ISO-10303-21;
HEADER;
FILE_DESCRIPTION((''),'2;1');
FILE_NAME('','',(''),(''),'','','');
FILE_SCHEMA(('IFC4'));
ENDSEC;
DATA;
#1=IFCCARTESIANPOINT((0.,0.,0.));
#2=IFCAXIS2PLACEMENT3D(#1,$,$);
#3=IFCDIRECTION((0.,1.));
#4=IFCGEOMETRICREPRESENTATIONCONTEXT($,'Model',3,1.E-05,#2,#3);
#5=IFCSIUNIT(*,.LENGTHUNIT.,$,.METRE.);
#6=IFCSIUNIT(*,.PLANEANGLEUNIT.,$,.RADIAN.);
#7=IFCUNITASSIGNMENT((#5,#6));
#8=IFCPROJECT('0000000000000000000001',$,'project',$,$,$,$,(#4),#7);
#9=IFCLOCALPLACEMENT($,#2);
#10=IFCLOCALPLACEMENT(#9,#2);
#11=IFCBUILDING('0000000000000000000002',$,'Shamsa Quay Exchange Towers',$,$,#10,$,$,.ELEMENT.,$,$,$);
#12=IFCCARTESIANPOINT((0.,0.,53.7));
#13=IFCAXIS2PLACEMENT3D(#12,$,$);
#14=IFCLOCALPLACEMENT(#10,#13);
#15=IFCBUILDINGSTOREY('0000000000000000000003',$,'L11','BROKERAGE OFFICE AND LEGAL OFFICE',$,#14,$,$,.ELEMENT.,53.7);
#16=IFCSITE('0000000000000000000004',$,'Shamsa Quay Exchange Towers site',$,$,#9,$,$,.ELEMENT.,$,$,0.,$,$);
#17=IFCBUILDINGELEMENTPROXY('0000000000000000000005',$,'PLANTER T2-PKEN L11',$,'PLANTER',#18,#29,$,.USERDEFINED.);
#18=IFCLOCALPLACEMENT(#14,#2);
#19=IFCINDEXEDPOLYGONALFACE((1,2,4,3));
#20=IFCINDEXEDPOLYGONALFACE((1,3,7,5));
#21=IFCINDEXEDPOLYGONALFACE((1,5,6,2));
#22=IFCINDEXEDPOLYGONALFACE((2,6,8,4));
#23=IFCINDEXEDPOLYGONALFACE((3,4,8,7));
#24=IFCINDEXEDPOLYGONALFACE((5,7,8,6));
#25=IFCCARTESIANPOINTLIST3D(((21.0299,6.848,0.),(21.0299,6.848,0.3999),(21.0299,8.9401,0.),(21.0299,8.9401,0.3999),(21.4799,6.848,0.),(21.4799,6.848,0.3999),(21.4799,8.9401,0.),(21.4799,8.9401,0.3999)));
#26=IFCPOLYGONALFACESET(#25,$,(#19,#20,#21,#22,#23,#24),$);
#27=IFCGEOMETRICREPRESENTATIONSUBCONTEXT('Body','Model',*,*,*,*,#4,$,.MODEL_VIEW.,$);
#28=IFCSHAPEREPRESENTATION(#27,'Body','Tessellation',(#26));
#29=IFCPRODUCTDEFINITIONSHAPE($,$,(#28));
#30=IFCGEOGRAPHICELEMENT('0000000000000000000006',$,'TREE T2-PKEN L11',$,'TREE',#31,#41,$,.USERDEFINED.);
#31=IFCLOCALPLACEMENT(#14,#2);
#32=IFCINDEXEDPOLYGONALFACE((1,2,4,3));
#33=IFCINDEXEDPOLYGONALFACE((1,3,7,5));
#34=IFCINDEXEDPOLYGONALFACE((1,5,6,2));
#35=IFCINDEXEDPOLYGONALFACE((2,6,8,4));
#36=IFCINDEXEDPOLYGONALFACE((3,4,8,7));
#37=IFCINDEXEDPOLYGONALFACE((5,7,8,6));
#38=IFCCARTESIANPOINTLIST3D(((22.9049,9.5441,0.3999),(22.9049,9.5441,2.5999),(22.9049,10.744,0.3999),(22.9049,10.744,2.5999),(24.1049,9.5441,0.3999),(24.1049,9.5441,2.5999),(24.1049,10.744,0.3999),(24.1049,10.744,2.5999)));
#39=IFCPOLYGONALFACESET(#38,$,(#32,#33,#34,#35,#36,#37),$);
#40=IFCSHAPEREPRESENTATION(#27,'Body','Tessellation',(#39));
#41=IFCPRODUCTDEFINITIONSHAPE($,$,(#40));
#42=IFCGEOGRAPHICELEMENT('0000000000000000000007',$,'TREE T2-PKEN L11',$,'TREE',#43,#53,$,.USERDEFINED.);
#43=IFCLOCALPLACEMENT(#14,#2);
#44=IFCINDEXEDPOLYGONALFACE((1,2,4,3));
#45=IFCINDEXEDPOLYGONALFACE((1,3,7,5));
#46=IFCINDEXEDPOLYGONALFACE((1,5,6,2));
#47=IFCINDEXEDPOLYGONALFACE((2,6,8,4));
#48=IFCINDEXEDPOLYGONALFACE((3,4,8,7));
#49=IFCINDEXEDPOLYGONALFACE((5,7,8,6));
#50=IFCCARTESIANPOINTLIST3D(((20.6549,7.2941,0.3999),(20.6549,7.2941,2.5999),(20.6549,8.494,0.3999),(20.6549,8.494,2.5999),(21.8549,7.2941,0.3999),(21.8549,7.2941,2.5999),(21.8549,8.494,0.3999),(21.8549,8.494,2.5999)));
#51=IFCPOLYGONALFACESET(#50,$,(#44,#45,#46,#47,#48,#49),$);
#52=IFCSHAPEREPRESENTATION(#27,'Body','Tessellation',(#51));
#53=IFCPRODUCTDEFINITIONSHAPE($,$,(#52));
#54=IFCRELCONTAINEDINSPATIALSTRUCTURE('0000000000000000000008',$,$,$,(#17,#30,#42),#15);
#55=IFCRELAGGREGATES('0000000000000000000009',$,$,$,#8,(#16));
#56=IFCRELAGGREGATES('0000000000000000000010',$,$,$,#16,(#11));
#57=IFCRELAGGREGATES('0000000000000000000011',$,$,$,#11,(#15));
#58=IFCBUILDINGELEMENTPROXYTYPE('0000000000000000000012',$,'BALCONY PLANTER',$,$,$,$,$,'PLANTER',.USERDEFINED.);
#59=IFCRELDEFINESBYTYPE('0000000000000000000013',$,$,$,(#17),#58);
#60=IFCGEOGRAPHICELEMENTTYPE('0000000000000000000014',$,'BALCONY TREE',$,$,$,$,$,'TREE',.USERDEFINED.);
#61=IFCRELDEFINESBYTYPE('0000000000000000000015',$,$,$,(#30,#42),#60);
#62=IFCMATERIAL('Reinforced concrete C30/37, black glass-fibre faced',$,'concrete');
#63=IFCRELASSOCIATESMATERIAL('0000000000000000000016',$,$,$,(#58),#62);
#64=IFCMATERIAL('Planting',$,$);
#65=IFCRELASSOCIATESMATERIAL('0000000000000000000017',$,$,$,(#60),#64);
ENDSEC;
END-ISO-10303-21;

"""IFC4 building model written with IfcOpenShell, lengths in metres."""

from ifc_helpers import new_model, si_unit, direction, frame, origin, origin_2d, place, context, subcontext, project, spatial, rectangle, extrude, material, type_object, element, save


model = new_model("IFC4")

# Units and contexts
model_context = context("Model", 3, precision=1e-05, world=origin(), true_north=direction((0.0, 1.0)))
body_context = subcontext(model_context, "Body", "Model", "MODEL_VIEW")
ifc_project = project(units=[si_unit("LENGTHUNIT", "METRE"), si_unit("PLANEANGLEUNIT", "RADIAN")], contexts=[model_context])

# Site, building, storey
site_placement = place(None, origin())
site = spatial("IfcSite", under=ifc_project, at=site_placement, Name="Shamsa Quay Exchange Towers site", CompositionType="ELEMENT", RefElevation=0.0)
building_placement = place(site_placement, origin())
building = spatial("IfcBuilding", under=site, at=building_placement, Name="Shamsa Quay Exchange Towers", CompositionType="ELEMENT")
storey_placement = place(building_placement, frame((0.0, 0.0, 53.7)))
storey = spatial("IfcBuildingStorey", under=building, at=storey_placement, Name="L11", Description="BROKERAGE OFFICE AND LEGAL OFFICE", CompositionType="ELEMENT", Elevation=53.7)

# Building element proxy
ifc_material_1 = material(Name="Reinforced concrete C30/37, black glass-fibre faced", Category="concrete")
building_element_proxy_type = type_object("IfcBuildingElementProxyType", Name="BALCONY PLANTER", ElementType="PLANTER", PredefinedType="USERDEFINED", material=ifc_material_1)
for number, where, z_axis, x_axis, name in (
    (1, (21.2549, 7.894, 0.0), (0.0, 0.0, 1.0), (0.0, -1.0, 0.0), "PLANTER T2-PKEN L11"),
):
    element("IfcBuildingElementProxy", number, at=place(storey_placement, frame(where, z_axis=z_axis, x_axis=x_axis)), inside=storey, type_object=building_element_proxy_type, Name=name, ObjectType="PLANTER", PredefinedType="USERDEFINED", context=body_context, shape_type="SweptSolid", body=[
        extrude(rectangle(XDim=2.092, YDim=0.45, at=origin_2d()), origin(), (0.0, 0.0, 1.0), 0.3999),
    ])

# Geographic elements
ifc_material_2 = material(Name="Planting")
geographic_element_type = type_object("IfcGeographicElementType", Name="BALCONY TREE", ElementType="TREE", PredefinedType="USERDEFINED", material=ifc_material_2)
for number, where, z_axis, x_axis, name in (
    (2, (23.5049, 10.144, 0.3999), (0.0, 0.0, 1.0), (0.0, -1.0, 0.0), "TREE T2-PKEN L11"),
    (3, (21.2549, 7.894, 0.3999), (0.0, 0.0, 1.0), (0.0, -1.0, 0.0), "TREE T2-PKEN L11"),
):
    element("IfcGeographicElement", number, at=place(storey_placement, frame(where, z_axis=z_axis, x_axis=x_axis)), inside=storey, type_object=geographic_element_type, Name=name, ObjectType="TREE", PredefinedType="USERDEFINED", context=body_context, shape_type="SweptSolid", body=[
        extrude(rectangle(XDim=1.2, YDim=1.2, at=origin_2d()), origin(), (0.0, 0.0, 1.0), 2.2),
    ])

save(model, "model.ifc")
